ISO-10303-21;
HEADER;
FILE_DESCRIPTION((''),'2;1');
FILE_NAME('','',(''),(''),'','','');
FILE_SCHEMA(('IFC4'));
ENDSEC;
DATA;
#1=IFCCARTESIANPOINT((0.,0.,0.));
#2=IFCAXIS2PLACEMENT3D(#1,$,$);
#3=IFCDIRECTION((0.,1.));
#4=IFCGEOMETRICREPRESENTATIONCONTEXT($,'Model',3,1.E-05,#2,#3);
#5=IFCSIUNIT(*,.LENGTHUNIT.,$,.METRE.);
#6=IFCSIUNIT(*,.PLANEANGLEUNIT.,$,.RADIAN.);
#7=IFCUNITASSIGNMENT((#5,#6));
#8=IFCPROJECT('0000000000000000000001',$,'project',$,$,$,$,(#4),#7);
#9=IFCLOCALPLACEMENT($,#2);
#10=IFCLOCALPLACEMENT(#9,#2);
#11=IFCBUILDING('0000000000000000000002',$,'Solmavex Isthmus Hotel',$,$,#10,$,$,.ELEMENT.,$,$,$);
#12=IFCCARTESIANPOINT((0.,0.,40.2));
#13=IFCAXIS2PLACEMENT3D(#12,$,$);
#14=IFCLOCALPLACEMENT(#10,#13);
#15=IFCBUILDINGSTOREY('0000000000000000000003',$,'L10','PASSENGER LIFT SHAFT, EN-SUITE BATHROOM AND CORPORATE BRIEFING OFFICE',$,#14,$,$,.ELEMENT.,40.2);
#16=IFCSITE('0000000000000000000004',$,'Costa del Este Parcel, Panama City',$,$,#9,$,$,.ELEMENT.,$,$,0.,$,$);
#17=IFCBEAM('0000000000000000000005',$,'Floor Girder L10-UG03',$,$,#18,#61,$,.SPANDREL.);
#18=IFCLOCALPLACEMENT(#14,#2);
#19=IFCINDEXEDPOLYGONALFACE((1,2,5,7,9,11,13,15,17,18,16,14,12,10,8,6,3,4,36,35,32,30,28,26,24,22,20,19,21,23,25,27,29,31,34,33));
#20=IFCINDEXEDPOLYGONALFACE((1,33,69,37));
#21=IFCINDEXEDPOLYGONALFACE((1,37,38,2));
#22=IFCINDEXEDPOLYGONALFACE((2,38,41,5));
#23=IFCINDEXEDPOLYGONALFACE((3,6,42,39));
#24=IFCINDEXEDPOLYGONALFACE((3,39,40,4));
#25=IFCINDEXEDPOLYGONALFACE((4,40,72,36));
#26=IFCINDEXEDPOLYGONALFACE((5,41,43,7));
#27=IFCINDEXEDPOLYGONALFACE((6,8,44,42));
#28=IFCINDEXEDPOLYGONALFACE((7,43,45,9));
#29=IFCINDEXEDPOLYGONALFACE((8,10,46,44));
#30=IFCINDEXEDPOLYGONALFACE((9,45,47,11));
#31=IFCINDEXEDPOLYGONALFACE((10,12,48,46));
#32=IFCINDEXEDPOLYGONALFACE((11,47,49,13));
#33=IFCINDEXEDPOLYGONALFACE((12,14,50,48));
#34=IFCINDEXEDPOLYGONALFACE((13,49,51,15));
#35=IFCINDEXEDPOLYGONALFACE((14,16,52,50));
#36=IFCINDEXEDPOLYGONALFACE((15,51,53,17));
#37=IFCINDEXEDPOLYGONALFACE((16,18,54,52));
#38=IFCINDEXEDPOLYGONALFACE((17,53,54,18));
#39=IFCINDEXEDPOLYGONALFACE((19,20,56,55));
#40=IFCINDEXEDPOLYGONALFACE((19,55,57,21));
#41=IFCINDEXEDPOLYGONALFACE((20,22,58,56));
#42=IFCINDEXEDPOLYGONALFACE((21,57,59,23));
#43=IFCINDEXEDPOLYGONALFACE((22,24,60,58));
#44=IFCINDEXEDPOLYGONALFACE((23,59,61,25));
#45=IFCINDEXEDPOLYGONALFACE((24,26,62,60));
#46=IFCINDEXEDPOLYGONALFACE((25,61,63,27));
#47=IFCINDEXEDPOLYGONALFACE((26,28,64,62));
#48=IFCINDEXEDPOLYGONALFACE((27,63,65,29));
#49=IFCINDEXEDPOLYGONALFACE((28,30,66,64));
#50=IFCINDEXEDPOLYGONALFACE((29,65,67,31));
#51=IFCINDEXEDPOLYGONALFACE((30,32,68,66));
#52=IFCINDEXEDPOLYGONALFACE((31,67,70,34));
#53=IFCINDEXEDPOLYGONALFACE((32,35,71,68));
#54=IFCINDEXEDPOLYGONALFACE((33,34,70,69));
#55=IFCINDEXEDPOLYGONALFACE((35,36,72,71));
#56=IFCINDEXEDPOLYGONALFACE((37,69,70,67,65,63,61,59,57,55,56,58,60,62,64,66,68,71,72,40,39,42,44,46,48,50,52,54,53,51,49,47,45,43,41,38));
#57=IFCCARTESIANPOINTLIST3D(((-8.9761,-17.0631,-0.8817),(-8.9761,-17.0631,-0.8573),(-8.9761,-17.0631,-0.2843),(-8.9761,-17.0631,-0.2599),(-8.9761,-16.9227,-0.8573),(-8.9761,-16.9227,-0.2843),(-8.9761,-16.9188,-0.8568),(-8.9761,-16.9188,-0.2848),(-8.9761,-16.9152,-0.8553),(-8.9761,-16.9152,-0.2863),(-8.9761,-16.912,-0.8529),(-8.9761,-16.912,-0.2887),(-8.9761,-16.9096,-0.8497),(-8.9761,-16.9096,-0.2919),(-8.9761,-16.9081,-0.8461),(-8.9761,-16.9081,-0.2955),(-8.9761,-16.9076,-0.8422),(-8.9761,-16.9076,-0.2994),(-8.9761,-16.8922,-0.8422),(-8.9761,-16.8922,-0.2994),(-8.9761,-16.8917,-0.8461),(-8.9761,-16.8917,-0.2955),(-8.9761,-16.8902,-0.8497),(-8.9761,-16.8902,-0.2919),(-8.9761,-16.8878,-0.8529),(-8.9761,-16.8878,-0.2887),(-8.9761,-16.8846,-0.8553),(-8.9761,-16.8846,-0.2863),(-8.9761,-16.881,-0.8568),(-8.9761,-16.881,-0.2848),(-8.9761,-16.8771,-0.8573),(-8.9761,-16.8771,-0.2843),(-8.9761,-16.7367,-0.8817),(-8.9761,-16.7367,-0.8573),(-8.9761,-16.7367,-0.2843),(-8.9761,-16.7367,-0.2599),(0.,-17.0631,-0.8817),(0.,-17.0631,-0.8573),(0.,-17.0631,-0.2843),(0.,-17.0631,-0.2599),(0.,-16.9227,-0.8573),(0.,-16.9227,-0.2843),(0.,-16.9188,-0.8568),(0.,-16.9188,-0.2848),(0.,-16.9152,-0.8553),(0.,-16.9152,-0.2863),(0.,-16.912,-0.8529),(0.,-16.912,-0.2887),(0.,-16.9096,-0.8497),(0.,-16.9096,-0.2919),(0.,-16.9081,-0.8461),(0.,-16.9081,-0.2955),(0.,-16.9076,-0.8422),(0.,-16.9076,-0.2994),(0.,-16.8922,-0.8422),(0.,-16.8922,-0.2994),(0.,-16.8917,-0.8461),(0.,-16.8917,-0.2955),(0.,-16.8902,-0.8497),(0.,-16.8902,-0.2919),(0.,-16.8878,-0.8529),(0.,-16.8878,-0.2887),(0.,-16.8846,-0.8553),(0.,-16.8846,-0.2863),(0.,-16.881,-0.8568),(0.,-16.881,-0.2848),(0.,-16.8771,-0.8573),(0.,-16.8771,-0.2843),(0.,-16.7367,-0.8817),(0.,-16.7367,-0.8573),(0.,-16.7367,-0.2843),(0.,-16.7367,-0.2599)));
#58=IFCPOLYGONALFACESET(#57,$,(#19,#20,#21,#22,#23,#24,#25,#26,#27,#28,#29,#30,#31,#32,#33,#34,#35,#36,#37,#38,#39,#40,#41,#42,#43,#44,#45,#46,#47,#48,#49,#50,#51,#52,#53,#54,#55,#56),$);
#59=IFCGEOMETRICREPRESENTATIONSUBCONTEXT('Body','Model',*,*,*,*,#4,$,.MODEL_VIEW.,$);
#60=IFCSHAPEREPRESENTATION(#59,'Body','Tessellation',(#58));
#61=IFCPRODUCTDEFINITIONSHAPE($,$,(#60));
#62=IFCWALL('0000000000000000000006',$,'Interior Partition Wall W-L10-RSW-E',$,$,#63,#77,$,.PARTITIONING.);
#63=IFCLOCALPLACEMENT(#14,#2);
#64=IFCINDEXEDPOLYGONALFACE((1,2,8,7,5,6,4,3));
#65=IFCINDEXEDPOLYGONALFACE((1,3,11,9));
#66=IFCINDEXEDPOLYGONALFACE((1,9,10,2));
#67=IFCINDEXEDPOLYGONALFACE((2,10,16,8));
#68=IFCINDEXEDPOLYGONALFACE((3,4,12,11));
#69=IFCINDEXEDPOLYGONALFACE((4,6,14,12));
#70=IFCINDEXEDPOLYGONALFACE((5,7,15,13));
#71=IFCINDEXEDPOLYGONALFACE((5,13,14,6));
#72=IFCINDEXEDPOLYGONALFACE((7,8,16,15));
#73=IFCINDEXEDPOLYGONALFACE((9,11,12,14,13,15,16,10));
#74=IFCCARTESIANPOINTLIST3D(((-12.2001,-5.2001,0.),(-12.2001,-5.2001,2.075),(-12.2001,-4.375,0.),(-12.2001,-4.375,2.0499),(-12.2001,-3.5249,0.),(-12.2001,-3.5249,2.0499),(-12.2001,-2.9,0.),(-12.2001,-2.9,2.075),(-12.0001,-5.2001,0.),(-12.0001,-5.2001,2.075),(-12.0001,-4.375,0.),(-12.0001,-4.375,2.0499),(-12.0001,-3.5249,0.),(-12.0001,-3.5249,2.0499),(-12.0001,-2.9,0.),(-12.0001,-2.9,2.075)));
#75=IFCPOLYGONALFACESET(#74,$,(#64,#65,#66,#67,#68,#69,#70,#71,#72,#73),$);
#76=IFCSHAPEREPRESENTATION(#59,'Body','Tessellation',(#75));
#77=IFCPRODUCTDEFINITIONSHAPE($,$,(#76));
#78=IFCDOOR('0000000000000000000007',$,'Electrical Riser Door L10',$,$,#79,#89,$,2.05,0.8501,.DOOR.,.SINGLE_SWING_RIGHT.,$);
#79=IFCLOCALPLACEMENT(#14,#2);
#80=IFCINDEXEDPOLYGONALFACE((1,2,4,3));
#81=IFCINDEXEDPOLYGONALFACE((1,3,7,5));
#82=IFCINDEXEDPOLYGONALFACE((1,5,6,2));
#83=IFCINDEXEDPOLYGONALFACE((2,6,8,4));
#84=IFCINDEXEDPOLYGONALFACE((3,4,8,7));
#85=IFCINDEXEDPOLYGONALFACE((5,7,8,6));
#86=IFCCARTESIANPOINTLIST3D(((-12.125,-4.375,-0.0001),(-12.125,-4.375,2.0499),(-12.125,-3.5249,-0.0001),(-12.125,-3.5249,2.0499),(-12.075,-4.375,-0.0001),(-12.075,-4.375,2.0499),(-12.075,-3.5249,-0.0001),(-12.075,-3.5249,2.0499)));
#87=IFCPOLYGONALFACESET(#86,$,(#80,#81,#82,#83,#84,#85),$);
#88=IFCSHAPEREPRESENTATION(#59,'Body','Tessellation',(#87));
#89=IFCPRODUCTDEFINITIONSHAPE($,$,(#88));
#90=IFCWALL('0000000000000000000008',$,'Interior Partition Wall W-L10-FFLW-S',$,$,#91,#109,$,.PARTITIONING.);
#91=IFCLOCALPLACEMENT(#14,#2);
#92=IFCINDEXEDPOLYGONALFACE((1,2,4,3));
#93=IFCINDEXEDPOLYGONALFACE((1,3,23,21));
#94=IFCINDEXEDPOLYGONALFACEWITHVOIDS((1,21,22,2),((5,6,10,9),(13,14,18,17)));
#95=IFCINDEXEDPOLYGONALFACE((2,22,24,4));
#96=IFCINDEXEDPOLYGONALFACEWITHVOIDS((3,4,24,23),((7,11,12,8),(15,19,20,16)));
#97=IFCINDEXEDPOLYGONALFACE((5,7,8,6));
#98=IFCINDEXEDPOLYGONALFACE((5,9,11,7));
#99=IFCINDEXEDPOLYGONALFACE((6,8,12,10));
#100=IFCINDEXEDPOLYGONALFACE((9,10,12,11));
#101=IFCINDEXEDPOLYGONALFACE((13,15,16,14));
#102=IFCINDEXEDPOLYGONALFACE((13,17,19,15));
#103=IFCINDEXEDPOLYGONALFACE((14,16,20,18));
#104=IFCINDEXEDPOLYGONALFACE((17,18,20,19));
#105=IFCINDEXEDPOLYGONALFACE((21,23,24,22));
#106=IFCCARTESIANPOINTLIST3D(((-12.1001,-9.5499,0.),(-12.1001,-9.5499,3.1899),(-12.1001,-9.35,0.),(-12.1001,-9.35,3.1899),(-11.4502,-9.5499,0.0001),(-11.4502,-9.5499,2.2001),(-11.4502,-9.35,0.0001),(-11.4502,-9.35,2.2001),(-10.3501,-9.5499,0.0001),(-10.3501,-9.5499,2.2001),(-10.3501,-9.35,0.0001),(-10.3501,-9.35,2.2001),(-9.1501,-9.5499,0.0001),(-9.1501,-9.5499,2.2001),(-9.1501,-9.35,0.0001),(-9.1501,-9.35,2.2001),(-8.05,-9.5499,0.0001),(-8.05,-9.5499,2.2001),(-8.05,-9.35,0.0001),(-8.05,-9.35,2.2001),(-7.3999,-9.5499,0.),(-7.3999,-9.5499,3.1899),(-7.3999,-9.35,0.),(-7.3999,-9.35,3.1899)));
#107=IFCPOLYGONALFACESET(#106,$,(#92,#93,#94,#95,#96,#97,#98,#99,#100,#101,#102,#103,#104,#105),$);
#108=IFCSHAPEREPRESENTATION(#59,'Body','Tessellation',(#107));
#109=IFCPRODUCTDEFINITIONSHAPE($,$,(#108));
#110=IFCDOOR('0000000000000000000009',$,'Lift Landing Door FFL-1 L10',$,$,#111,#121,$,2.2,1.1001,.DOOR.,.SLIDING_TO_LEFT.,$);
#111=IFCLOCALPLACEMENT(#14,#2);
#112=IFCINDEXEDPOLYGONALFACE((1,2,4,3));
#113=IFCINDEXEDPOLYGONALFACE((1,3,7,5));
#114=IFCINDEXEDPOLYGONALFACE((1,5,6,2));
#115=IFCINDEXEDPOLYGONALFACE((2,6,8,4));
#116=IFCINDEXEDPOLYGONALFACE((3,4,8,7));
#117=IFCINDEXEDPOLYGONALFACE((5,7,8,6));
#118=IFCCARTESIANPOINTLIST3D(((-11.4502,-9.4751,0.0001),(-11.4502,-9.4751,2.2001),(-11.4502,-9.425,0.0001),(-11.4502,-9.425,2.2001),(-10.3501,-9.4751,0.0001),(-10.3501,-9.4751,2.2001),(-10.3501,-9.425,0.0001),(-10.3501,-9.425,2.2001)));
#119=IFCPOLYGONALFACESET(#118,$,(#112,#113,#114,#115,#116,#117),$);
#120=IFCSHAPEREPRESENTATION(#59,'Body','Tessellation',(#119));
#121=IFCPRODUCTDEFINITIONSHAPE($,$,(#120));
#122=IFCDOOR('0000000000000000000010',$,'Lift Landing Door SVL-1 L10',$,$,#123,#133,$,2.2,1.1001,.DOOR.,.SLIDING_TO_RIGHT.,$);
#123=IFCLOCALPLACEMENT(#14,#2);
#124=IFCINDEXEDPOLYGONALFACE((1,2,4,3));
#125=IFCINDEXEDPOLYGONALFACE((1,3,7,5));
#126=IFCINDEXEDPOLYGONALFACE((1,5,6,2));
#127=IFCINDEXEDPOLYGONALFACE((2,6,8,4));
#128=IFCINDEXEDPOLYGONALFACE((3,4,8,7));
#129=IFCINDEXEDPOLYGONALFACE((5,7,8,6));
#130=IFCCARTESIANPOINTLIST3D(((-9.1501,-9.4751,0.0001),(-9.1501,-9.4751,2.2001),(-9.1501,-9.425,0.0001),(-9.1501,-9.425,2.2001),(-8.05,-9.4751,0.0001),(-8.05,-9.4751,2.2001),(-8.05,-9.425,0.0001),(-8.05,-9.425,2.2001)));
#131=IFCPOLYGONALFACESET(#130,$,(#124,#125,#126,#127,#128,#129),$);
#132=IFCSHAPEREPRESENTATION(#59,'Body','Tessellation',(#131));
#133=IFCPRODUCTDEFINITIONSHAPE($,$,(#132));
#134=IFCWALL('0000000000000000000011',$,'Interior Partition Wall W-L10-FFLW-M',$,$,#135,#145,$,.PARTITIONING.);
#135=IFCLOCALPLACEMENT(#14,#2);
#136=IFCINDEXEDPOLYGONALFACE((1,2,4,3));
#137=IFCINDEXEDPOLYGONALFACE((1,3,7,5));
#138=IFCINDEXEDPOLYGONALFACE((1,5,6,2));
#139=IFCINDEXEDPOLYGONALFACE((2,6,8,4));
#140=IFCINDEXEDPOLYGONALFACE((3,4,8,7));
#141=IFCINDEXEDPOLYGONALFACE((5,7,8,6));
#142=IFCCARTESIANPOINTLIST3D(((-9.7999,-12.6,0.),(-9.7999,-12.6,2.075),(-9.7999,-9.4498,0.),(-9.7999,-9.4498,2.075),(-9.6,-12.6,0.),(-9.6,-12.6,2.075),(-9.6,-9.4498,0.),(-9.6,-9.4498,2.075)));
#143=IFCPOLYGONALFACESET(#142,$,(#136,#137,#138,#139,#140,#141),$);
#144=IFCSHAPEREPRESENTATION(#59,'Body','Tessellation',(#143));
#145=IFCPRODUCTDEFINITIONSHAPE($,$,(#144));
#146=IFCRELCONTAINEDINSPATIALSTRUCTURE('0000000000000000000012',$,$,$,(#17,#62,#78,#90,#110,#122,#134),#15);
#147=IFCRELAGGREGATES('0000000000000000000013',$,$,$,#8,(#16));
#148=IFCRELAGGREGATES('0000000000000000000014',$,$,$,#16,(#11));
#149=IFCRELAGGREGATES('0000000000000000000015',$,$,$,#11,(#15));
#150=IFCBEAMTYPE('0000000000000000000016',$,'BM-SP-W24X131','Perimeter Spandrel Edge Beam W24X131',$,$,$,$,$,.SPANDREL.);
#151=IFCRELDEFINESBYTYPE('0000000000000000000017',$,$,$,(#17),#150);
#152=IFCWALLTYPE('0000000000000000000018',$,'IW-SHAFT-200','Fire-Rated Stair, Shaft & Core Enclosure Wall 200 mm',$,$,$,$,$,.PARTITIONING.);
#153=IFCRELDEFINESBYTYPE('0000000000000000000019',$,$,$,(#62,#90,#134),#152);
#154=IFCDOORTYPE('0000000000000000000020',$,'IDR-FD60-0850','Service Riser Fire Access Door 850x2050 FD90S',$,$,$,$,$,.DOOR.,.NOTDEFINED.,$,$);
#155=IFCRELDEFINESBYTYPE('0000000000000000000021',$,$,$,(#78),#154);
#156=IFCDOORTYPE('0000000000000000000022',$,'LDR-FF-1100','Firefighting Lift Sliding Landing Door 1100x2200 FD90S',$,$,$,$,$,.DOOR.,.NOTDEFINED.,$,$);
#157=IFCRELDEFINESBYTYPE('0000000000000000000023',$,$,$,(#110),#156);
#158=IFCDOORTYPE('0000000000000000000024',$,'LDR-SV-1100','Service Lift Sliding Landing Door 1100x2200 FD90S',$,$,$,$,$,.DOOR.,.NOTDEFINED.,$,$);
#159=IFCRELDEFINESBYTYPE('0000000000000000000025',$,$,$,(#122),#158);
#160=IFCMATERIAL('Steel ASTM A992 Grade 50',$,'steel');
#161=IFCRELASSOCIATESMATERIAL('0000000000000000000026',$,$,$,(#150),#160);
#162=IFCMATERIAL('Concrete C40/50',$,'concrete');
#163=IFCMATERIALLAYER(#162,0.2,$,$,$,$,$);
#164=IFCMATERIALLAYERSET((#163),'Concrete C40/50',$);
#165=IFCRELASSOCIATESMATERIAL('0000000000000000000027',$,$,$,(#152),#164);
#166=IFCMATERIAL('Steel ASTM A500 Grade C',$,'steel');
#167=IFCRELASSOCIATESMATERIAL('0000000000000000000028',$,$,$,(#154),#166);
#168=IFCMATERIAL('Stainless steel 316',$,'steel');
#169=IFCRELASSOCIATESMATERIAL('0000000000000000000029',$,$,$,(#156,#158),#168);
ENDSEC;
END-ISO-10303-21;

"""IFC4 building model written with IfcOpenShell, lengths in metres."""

from ifc_helpers import new_model, si_unit, direction, frame, frame_2d, origin, origin_2d, place, context, subcontext, project, spatial, rectangle, i_section, extrude, material, layer, layer_set, material_profile, profile_set, type_object, element, fill, save


model = new_model("IFC4")

# Units and contexts
model_context = context("Model", 3, precision=1e-05, world=origin(), true_north=direction((0.0, 1.0)))
body_context = subcontext(model_context, "Body", "Model", "MODEL_VIEW")
ifc_project = project(units=[si_unit("LENGTHUNIT", "METRE"), si_unit("PLANEANGLEUNIT", "RADIAN")], contexts=[model_context])

# Site, building, storey
site_placement = place(None, origin())
site = spatial("IfcSite", under=ifc_project, at=site_placement, Name="Costa del Este Parcel, Panama City", CompositionType="ELEMENT", RefElevation=0.0)
building_placement = place(site_placement, origin())
building = spatial("IfcBuilding", under=site, at=building_placement, Name="Solmavex Isthmus Hotel", CompositionType="ELEMENT")
storey_placement = place(building_placement, frame((0.0, 0.0, 40.2)))
storey = spatial("IfcBuildingStorey", under=building, at=storey_placement, Name="L10", Description="PASSENGER LIFT SHAFT, EN-SUITE BATHROOM AND CORPORATE BRIEFING OFFICE", CompositionType="ELEMENT", Elevation=40.2)

# Beam
ifc_material_1 = material(Name="Steel ASTM A992 Grade 50", Category="steel")
ifc_material_profile_1 = material_profile(ifc_material_1, i_section(OverallWidth=0.3264, OverallDepth=0.6218, WebThickness=0.0154, FlangeThickness=0.0244, FilletRadius=0.0151, at=origin_2d()), Name="W24X131")
ifc_profile_set_1 = profile_set([ifc_material_profile_1], Name="Steel ASTM A992 Grade 50")
beam_type_1 = type_object("IfcBeamType", Name="BM-SP-W24X131", Description="Perimeter Spandrel Edge Beam W24X131", PredefinedType="SPANDREL", material=ifc_profile_set_1)
beam_1_placement = place(storey_placement, frame((-8.9761, -16.8999, -0.5708), z_axis=(1.0, 0.0, 0.0), x_axis=(0.0, 1.0, 0.0)))
element("IfcBeam", 1, at=beam_1_placement, inside=storey, type_object=beam_type_1, Name="Floor Girder L10-UG03", PredefinedType="SPANDREL", context=body_context, shape_type="SweptSolid", body=[
    extrude(i_section(OverallWidth=0.3264, OverallDepth=0.6218, WebThickness=0.0154, FlangeThickness=0.0244, FilletRadius=0.0151, at=origin_2d()), origin(), (0.0, 0.0, 1.0), 8.9761),
])

# Wall, opening, door
ifc_material_2 = material(Name="Concrete C40/50", Category="concrete")
ifc_layer_1 = layer(ifc_material_2, 0.2)
ifc_layer_set_1 = layer_set([ifc_layer_1], Name="Concrete C40/50")
wall_type_1 = type_object("IfcWallType", Name="IW-SHAFT-200", Description="Fire-Rated Stair, Shaft & Core Enclosure Wall 200 mm", PredefinedType="PARTITIONING", material=ifc_layer_set_1)
wall_1_placement = place(storey_placement, frame((-12.1001, -5.2, 0.0), z_axis=(0.0, 0.0, 1.0), x_axis=(0.0, 1.0, 0.0)))
wall_1 = element("IfcWall", 2, at=wall_1_placement, inside=storey, type_object=wall_type_1, Name="Interior Partition Wall W-L10-RSW-E", PredefinedType="PARTITIONING", context=body_context, shape_type="SweptSolid", body=[
    extrude(rectangle(XDim=2.3, YDim=0.2, at=frame_2d((1.1499, 0.0))), origin(), (0.0, 0.0, 1.0), 2.075),
])
opening_1_placement = place(wall_1_placement, frame((0.825, 0.0, 0.0)))
opening_1 = element("IfcOpeningElement", 3, at=opening_1_placement, cuts=wall_1, PredefinedType="OPENING", context=body_context, shape_type="SweptSolid", body=[
    extrude(rectangle(XDim=0.8501, YDim=2.05, at=frame_2d((0.425, 1.0249))), frame((0.0, 0.1099, 0.0), z_axis=(0.0, -1.0, 0.0), x_axis=(1.0, 0.0, 0.0)), (0.0, 0.0, 1.0), 0.22),
])
ifc_material_3 = material(Name="Steel ASTM A500 Grade C", Category="steel")
door_type_1 = type_object("IfcDoorType", Name="IDR-FD60-0850", Description="Service Riser Fire Access Door 850x2050 FD90S", OperationType="NOTDEFINED", PredefinedType="DOOR", material=ifc_material_3)
door_1_placement = place(opening_1_placement, origin())
door_1 = element("IfcDoor", 4, at=door_1_placement, inside=storey, type_object=door_type_1, Name="Electrical Riser Door L10", OperationType="SINGLE_SWING_RIGHT", OverallHeight=2.05, OverallWidth=0.8501, PredefinedType="DOOR", context=body_context, shape_type="SweptSolid", body=[
    extrude(rectangle(XDim=0.8501, YDim=2.05, at=frame_2d((0.425, 1.0249))), frame((0.0, 0.0249, 0.0), z_axis=(0.0, -1.0, 0.0), x_axis=(1.0, 0.0, 0.0)), (0.0, 0.0, 1.0), 0.05),
])
fill(opening_1, door_1)

# Wall, openings, doors
wall_2_placement = place(storey_placement, frame((-12.1001, -9.45, 0.0), z_axis=(0.0, 0.0, 1.0), x_axis=(1.0, 0.0, 0.0)))
wall_2 = element("IfcWall", 5, at=wall_2_placement, inside=storey, type_object=wall_type_1, Name="Interior Partition Wall W-L10-FFLW-S", PredefinedType="PARTITIONING", context=body_context, shape_type="SweptSolid", body=[
    extrude(rectangle(XDim=4.7002, YDim=0.2, at=frame_2d((2.3501, 0.0))), origin(), (0.0, 0.0, 1.0), 3.1899),
])
opening_2_placement = place(wall_2_placement, frame((0.6499, 0.0, 0.0)))
opening_2 = element("IfcOpeningElement", 6, at=opening_2_placement, cuts=wall_2, PredefinedType="OPENING", context=body_context, shape_type="SweptSolid", body=[
    extrude(rectangle(XDim=1.1001, YDim=2.2, at=frame_2d((0.55, 1.1001))), frame((0.0, 0.1099, 0.0), z_axis=(0.0, -1.0, 0.0), x_axis=(1.0, 0.0, 0.0)), (0.0, 0.0, 1.0), 0.22),
])
opening_3_placement = place(wall_2_placement, frame((2.95, 0.0, 0.0)))
opening_3 = element("IfcOpeningElement", 7, at=opening_3_placement, cuts=wall_2, PredefinedType="OPENING", context=body_context, shape_type="SweptSolid", body=[
    extrude(rectangle(XDim=1.1001, YDim=2.2, at=frame_2d((0.55, 1.1001))), frame((0.0, 0.1099, 0.0), z_axis=(0.0, -1.0, 0.0), x_axis=(1.0, 0.0, 0.0)), (0.0, 0.0, 1.0), 0.22),
])
ifc_material_4 = material(Name="Stainless steel 316", Category="steel")
door_type_2 = type_object("IfcDoorType", Name="LDR-FF-1100", Description="Firefighting Lift Sliding Landing Door 1100x2200 FD90S", OperationType="NOTDEFINED", PredefinedType="DOOR", material=ifc_material_4)
door_2_placement = place(opening_2_placement, origin())
door_2 = element("IfcDoor", 8, at=door_2_placement, inside=storey, type_object=door_type_2, Name="Lift Landing Door FFL-1 L10", OperationType="SLIDING_TO_LEFT", OverallHeight=2.2, OverallWidth=1.1001, PredefinedType="DOOR", context=body_context, shape_type="SweptSolid", body=[
    extrude(rectangle(XDim=1.1001, YDim=2.2, at=frame_2d((0.55, 1.1001))), frame((0.0, 0.0249, 0.0), z_axis=(0.0, -1.0, 0.0), x_axis=(1.0, 0.0, 0.0)), (0.0, 0.0, 1.0), 0.05),
])
fill(opening_2, door_2)
door_type_3 = type_object("IfcDoorType", Name="LDR-SV-1100", Description="Service Lift Sliding Landing Door 1100x2200 FD90S", OperationType="NOTDEFINED", PredefinedType="DOOR", material=ifc_material_4)
door_3_placement = place(opening_3_placement, origin())
door_3 = element("IfcDoor", 9, at=door_3_placement, inside=storey, type_object=door_type_3, Name="Lift Landing Door SVL-1 L10", OperationType="SLIDING_TO_RIGHT", OverallHeight=2.2, OverallWidth=1.1001, PredefinedType="DOOR", context=body_context, shape_type="SweptSolid", body=[
    extrude(rectangle(XDim=1.1001, YDim=2.2, at=frame_2d((0.55, 1.1001))), frame((0.0, 0.0249, 0.0), z_axis=(0.0, -1.0, 0.0), x_axis=(1.0, 0.0, 0.0)), (0.0, 0.0, 1.0), 0.05),
])
fill(opening_3, door_3)

# Wall
wall_3_placement = place(storey_placement, frame((-9.7, -12.6001, 0.0), z_axis=(0.0, 0.0, 1.0), x_axis=(0.0, 1.0, 0.0)))
element("IfcWall", 10, at=wall_3_placement, inside=storey, type_object=wall_type_1, Name="Interior Partition Wall W-L10-FFLW-M", PredefinedType="PARTITIONING", context=body_context, shape_type="SweptSolid", body=[
    extrude(rectangle(XDim=3.1501, YDim=0.2, at=frame_2d((1.5752, 0.0))), origin(), (0.0, 0.0, 1.0), 2.075),
])

save(model, "model.ifc")
